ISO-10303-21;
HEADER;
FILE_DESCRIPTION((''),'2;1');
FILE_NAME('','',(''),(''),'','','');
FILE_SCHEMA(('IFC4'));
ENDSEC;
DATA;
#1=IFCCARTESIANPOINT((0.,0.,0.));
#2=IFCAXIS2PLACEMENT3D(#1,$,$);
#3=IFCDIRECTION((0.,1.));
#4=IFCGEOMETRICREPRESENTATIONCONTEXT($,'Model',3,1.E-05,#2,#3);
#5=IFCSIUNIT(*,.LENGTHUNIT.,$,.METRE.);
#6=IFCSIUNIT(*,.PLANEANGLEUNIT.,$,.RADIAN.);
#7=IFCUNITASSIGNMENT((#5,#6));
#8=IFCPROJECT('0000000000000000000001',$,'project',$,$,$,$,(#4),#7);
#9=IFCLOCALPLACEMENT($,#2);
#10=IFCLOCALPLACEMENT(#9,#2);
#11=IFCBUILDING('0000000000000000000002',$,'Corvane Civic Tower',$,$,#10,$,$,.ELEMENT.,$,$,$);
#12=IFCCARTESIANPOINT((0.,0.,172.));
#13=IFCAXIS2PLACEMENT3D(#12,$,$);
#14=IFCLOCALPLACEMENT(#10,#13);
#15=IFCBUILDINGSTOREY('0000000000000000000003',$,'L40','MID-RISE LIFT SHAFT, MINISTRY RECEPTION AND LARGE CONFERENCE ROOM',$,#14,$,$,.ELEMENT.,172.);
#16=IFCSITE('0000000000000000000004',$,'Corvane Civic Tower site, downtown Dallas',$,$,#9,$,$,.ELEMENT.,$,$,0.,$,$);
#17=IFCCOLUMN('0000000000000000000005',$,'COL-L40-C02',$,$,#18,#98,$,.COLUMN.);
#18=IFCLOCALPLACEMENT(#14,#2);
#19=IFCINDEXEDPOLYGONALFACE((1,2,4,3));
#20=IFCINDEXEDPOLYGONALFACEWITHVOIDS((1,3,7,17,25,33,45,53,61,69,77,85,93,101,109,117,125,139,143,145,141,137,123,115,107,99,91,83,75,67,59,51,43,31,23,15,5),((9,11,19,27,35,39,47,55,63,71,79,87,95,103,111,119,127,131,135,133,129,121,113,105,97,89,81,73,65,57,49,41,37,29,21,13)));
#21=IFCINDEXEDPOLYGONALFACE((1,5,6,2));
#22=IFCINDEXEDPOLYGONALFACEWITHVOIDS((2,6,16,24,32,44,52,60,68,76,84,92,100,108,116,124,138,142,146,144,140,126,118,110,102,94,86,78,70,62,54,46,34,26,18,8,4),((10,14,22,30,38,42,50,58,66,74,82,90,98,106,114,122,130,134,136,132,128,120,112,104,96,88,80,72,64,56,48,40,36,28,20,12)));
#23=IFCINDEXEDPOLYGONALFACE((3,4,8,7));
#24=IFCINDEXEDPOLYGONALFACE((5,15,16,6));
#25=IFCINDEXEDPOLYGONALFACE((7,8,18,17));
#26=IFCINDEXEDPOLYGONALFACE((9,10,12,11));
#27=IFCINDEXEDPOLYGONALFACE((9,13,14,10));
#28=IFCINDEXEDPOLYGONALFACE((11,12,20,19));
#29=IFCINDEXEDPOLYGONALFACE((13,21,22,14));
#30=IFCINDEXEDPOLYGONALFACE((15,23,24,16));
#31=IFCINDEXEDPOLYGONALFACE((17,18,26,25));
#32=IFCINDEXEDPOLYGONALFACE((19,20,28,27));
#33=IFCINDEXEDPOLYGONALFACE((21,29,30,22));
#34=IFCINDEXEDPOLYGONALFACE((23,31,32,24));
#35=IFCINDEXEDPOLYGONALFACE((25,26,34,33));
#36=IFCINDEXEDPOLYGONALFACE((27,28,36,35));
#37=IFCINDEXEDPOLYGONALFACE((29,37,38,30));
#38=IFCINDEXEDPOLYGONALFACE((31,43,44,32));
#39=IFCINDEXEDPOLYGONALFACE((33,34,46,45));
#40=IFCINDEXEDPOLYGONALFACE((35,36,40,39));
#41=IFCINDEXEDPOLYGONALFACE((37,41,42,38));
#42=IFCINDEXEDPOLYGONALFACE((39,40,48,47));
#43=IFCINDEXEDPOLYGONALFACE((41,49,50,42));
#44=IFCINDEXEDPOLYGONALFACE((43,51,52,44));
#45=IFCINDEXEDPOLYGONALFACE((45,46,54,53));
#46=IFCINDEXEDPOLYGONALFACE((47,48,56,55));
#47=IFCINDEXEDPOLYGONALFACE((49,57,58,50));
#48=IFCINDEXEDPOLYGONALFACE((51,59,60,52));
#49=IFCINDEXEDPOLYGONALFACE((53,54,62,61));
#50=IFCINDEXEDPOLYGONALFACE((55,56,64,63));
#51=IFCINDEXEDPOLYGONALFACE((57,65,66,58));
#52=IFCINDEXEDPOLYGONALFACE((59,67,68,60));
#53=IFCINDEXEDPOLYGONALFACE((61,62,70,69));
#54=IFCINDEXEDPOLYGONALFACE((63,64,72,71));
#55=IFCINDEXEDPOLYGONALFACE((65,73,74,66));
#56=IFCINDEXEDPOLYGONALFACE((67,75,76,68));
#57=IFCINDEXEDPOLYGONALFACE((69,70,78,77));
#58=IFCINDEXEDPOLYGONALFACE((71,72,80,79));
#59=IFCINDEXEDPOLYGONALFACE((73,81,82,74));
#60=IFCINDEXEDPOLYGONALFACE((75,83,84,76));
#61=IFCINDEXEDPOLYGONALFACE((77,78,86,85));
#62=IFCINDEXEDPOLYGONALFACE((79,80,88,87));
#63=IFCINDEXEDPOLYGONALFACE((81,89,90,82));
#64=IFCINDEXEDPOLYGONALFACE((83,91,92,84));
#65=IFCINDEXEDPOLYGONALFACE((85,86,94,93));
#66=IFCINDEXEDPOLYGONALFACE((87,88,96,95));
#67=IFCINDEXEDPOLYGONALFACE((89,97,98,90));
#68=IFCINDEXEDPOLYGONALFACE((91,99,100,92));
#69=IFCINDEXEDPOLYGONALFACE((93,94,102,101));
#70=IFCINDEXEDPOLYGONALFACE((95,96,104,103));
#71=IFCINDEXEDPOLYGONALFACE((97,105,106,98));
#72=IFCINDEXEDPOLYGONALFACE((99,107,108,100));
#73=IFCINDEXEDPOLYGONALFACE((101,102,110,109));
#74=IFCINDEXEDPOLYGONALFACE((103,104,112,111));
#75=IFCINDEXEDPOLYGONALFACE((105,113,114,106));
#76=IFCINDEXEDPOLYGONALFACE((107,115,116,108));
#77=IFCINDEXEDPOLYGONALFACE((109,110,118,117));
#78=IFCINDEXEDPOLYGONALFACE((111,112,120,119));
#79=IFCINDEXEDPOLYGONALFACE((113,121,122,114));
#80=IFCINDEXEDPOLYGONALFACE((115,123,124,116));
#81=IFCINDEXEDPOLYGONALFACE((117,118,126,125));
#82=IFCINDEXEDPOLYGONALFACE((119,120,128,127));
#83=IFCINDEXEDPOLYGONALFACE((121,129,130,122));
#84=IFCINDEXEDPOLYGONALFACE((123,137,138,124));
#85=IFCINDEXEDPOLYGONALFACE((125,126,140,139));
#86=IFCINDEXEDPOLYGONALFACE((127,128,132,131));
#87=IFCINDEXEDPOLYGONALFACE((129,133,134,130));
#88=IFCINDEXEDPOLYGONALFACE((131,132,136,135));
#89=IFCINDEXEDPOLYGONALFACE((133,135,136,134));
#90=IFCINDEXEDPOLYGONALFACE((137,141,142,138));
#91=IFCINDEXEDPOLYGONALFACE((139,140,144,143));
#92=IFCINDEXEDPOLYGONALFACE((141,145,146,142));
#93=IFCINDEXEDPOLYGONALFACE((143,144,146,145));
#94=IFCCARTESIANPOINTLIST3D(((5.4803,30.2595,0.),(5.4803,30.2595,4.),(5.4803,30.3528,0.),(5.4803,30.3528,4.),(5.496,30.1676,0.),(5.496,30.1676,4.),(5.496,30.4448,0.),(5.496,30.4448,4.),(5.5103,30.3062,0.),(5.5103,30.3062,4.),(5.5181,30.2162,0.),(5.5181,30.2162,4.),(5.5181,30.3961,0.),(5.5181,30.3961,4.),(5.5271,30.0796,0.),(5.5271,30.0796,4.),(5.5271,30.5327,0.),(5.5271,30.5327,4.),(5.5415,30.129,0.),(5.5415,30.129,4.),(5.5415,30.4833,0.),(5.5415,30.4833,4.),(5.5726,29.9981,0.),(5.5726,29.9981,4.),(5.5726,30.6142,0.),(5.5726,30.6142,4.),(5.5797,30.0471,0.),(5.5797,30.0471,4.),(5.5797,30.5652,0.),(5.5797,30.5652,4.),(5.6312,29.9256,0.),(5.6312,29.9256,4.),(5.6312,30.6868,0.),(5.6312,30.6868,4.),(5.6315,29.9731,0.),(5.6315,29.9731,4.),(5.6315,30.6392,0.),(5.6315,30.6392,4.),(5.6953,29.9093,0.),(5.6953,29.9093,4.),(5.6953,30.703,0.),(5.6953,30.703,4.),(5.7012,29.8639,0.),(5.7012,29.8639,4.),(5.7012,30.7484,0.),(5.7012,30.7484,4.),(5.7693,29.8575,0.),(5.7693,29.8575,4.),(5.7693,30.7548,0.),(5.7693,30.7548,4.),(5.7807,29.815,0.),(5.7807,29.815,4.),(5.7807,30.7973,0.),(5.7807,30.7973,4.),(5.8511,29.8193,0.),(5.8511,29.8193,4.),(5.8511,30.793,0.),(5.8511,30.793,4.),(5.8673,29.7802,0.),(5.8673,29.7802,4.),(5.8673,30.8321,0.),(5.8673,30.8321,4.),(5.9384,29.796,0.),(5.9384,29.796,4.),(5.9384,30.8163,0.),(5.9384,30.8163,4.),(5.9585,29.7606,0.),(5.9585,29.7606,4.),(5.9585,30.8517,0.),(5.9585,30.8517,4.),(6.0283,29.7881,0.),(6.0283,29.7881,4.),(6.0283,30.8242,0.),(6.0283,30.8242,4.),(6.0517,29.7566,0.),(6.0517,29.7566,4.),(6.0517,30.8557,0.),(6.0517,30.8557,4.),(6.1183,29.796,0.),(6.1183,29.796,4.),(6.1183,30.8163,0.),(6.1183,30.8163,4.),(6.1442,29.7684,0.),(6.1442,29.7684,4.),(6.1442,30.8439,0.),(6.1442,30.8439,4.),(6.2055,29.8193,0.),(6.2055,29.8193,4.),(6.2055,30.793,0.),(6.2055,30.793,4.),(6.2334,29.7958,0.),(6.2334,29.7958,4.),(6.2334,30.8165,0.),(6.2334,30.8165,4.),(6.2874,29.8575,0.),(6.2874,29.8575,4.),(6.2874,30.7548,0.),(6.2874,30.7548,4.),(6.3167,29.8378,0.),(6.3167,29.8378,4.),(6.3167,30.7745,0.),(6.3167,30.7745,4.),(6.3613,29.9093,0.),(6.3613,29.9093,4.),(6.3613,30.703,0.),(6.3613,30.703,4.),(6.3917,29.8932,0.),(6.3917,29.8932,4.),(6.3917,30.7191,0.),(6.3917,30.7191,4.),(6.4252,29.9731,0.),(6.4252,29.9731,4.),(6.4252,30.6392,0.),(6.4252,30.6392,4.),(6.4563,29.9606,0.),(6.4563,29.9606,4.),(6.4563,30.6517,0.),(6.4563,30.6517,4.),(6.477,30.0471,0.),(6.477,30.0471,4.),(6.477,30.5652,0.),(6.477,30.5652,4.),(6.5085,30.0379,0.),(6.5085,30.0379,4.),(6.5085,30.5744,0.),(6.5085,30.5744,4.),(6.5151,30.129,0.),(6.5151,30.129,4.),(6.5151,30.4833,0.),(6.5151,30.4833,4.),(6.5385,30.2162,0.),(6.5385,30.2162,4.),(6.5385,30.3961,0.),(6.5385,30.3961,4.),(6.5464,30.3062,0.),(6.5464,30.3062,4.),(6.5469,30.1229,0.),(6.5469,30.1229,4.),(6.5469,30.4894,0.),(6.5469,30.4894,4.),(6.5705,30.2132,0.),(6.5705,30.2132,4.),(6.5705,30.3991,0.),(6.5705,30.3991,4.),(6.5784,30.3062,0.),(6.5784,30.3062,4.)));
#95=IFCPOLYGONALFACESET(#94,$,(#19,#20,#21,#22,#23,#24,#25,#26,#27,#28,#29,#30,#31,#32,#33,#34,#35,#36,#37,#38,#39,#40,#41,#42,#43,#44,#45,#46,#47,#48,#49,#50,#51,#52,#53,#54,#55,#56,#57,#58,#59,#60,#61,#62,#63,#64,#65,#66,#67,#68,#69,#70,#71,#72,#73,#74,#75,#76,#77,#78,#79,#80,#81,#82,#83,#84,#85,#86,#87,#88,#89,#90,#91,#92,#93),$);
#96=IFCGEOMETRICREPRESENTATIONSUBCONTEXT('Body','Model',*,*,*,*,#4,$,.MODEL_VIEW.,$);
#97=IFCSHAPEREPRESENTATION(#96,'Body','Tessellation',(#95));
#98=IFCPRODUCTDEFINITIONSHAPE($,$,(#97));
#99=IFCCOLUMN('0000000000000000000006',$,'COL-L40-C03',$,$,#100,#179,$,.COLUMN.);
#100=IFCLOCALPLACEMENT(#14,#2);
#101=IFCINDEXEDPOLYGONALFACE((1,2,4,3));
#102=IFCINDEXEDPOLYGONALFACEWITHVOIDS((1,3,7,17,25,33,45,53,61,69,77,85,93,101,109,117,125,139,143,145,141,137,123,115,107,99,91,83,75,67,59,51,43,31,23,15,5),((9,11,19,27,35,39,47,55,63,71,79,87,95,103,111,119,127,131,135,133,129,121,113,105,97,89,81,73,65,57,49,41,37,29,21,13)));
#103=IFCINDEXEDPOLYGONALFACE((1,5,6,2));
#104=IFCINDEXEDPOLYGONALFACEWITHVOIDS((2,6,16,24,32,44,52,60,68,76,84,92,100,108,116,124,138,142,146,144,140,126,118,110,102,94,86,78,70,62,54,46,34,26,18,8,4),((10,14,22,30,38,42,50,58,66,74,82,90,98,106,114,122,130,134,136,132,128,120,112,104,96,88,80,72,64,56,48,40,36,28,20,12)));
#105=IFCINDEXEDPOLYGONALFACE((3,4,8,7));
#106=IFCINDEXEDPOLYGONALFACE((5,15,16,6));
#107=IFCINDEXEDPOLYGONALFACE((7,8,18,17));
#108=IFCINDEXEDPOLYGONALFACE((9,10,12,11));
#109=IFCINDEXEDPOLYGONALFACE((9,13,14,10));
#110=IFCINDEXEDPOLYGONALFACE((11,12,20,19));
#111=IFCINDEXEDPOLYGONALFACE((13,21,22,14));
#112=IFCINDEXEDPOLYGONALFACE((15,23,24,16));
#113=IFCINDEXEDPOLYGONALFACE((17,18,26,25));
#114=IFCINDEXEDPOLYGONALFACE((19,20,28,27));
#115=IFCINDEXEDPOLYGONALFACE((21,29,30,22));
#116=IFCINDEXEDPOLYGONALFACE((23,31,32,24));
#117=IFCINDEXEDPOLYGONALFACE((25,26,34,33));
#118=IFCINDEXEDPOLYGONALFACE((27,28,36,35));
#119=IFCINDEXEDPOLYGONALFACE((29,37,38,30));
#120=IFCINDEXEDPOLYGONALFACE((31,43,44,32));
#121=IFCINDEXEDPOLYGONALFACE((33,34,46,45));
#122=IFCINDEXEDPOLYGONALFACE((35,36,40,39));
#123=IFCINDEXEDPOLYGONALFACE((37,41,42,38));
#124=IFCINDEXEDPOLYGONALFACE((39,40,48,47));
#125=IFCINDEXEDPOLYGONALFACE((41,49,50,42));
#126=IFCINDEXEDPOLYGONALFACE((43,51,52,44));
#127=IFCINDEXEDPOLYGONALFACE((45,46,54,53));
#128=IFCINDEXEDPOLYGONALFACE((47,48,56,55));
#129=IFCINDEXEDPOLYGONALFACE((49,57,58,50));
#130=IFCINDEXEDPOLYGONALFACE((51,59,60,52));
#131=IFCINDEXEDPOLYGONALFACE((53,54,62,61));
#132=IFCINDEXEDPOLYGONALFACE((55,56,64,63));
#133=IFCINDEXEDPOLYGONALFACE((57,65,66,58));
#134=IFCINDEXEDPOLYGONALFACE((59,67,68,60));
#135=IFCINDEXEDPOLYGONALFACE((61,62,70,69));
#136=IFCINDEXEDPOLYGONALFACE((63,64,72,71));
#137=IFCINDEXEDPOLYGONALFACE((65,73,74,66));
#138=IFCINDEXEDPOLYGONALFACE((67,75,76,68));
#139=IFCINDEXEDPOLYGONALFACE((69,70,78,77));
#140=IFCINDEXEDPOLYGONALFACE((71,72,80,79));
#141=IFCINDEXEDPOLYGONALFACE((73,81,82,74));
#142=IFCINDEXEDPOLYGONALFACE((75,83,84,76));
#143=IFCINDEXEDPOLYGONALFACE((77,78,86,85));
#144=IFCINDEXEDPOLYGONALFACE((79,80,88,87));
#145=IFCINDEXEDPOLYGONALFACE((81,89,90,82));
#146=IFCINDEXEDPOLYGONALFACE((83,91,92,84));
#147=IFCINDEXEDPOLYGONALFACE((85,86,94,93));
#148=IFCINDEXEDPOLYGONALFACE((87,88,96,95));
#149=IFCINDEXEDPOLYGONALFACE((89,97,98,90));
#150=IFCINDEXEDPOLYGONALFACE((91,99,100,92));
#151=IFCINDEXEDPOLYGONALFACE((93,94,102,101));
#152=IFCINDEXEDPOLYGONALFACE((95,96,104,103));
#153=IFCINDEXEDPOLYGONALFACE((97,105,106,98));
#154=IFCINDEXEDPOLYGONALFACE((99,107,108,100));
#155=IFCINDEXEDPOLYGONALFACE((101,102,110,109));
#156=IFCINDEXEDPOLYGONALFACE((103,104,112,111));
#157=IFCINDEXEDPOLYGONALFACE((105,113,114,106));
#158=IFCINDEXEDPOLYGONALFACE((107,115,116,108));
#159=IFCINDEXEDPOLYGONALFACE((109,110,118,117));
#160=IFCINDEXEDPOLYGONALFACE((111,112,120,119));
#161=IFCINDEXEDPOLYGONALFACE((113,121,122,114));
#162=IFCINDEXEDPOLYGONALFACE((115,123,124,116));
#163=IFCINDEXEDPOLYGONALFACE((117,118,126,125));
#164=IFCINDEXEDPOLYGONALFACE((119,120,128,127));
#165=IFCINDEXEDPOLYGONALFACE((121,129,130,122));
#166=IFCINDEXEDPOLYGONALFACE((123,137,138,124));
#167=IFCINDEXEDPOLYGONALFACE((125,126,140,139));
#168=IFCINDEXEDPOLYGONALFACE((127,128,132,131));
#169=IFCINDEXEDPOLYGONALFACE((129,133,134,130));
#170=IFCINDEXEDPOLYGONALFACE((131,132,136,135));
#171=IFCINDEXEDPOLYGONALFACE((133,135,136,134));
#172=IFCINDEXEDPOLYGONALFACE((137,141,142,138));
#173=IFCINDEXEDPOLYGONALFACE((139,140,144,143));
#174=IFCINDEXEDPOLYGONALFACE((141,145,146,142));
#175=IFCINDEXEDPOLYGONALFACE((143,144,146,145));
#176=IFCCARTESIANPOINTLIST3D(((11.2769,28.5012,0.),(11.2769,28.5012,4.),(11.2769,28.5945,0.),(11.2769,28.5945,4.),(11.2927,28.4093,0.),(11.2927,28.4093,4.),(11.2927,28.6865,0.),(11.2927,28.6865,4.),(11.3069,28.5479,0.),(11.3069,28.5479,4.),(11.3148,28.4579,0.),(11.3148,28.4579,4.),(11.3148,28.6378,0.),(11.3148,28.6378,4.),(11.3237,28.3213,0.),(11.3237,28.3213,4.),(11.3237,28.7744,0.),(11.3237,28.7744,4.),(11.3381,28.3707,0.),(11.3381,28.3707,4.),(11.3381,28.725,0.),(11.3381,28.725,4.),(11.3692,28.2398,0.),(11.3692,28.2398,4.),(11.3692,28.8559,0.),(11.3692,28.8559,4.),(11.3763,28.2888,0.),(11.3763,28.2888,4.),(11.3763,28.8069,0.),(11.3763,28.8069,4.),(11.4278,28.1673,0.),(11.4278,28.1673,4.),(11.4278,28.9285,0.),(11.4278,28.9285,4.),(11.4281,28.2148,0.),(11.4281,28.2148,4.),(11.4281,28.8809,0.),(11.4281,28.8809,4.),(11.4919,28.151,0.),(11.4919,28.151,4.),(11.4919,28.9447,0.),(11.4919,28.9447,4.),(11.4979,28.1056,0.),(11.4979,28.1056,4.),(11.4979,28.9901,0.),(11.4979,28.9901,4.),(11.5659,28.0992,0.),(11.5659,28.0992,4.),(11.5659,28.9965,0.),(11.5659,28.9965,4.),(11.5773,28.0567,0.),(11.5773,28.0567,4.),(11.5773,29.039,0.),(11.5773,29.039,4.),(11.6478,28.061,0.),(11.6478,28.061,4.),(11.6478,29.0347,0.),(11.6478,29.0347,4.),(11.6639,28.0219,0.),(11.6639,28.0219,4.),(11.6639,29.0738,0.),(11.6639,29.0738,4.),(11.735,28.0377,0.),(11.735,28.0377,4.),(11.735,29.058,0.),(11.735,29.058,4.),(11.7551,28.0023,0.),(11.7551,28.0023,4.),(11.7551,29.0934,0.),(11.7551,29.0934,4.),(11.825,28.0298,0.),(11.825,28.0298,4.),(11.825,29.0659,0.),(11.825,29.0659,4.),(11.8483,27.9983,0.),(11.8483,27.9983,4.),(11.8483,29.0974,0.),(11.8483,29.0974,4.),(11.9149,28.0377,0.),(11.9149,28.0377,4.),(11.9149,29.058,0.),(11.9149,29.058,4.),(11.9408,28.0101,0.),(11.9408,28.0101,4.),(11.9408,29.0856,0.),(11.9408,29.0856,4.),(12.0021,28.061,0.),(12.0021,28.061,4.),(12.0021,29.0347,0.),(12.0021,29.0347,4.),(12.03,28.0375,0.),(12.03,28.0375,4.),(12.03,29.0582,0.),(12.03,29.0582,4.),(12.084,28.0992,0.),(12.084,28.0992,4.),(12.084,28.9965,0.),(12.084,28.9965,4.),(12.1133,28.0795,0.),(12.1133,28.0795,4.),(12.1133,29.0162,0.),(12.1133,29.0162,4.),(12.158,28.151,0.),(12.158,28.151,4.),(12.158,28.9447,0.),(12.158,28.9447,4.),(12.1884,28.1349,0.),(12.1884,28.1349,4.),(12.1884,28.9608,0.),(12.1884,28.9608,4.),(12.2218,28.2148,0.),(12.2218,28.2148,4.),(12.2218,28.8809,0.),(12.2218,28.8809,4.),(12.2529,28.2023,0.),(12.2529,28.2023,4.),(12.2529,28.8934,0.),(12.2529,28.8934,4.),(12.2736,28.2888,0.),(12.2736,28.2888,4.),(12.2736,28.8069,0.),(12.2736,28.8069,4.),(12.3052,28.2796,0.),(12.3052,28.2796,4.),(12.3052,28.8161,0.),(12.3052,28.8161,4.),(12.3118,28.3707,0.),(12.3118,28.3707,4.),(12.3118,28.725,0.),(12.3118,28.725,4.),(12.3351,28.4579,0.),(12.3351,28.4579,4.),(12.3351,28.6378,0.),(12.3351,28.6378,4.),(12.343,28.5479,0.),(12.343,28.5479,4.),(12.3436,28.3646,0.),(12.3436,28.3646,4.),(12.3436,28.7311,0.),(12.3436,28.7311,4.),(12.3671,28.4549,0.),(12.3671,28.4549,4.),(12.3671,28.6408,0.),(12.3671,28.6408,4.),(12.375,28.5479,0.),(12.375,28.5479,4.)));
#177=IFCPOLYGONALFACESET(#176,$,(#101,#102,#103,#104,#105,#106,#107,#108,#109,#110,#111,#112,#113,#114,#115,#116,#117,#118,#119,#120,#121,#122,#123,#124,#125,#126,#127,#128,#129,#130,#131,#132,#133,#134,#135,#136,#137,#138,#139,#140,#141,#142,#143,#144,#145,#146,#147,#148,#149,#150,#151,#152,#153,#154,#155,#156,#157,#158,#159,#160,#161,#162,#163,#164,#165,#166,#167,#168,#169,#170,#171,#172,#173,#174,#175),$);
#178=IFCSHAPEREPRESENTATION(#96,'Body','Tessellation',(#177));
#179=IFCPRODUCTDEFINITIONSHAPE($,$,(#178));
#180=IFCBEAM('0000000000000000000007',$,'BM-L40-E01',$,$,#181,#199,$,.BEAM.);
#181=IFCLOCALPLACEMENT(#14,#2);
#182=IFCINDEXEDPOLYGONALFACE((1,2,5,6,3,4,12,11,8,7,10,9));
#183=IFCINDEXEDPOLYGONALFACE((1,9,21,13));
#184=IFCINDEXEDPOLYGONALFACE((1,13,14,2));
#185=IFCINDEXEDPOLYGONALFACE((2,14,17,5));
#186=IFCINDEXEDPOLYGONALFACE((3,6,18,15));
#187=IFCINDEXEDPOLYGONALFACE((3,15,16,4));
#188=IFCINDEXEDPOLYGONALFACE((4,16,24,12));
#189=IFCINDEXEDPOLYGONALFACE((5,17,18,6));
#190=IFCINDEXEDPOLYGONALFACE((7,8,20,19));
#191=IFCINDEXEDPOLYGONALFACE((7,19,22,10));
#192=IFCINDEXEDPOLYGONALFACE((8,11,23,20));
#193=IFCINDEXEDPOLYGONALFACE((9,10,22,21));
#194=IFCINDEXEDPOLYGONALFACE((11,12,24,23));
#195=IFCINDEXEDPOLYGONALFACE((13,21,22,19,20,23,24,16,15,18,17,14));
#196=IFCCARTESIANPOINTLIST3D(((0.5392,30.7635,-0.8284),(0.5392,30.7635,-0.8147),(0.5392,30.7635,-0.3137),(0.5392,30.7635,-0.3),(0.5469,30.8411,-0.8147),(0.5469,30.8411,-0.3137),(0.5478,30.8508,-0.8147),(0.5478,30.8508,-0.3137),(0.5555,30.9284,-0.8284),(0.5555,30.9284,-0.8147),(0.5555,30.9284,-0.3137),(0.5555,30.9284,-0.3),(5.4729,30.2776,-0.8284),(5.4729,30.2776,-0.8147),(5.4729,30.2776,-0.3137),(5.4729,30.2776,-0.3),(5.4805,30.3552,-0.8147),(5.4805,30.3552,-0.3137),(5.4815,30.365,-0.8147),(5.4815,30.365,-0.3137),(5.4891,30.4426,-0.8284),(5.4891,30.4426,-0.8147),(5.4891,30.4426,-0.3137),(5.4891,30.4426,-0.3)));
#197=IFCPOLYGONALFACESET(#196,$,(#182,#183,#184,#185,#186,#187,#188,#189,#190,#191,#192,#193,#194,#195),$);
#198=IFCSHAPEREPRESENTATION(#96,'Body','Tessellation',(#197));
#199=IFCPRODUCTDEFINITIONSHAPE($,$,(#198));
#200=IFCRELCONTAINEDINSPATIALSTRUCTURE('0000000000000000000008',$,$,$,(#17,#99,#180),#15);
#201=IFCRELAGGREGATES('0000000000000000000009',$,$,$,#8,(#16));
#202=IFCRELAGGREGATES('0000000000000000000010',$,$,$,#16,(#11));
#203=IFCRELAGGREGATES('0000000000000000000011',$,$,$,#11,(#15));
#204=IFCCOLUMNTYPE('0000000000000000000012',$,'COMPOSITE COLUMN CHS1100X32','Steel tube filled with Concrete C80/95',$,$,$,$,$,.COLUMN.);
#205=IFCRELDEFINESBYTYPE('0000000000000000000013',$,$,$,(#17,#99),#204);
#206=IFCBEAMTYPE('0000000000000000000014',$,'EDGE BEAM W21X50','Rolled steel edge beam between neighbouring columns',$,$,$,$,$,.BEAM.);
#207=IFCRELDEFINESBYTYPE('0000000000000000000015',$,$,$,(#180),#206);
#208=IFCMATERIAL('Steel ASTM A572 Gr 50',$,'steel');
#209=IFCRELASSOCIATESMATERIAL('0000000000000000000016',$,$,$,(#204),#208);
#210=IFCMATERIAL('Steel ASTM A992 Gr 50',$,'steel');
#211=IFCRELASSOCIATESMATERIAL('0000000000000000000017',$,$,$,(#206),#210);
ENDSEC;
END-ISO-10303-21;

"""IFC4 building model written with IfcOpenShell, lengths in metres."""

from ifc_helpers import new_model, si_unit, direction, frame, origin, origin_2d, place, context, subcontext, project, spatial, hollow_circle, i_section, extrude, material, material_profile, profile_set, type_object, element, save


model = new_model("IFC4")

# Units and contexts
model_context = context("Model", 3, precision=1e-05, world=origin(), true_north=direction((0.0, 1.0)))
body_context = subcontext(model_context, "Body", "Model", "MODEL_VIEW")
ifc_project = project(units=[si_unit("LENGTHUNIT", "METRE"), si_unit("PLANEANGLEUNIT", "RADIAN")], contexts=[model_context])

# Site, building, storey
site_placement = place(None, origin())
site = spatial("IfcSite", under=ifc_project, at=site_placement, Name="Corvane Civic Tower site, downtown Dallas", CompositionType="ELEMENT", RefElevation=0.0)
building_placement = place(site_placement, origin())
building = spatial("IfcBuilding", under=site, at=building_placement, Name="Corvane Civic Tower", CompositionType="ELEMENT")
storey_placement = place(building_placement, frame((0.0, 0.0, 172.0)))
storey = spatial("IfcBuildingStorey", under=building, at=storey_placement, Name="L40", Description="MID-RISE LIFT SHAFT, MINISTRY RECEPTION AND LARGE CONFERENCE ROOM", CompositionType="ELEMENT", Elevation=172.0)

# Columns
ifc_material_1 = material(Name="Steel ASTM A572 Gr 50", Category="steel")
ifc_material_profile_1 = material_profile(ifc_material_1, hollow_circle(Radius=0.55, WallThickness=0.032, at=origin_2d()), Name="CHS1100X32")
ifc_profile_set_1 = profile_set([ifc_material_profile_1], Name="Steel ASTM A572 Gr 50")
column_type = type_object("IfcColumnType", Name="COMPOSITE COLUMN CHS1100X32", Description="Steel tube filled with Concrete C80/95", PredefinedType="COLUMN", material=ifc_profile_set_1)
for number, where, z_axis, x_axis, name in (
    (1, (6.0283, 30.3062, 0.0), (0.0, 0.0, 1.0), (1.0, 0.0, 0.0), "COL-L40-C02"),
    (2, (11.825, 28.5479, 0.0), (0.0, 0.0, 1.0), (1.0, 0.0, 0.0), "COL-L40-C03"),
):
    element("IfcColumn", number, at=place(storey_placement, frame(where, z_axis=z_axis, x_axis=x_axis)), inside=storey, type_object=column_type, Name=name, PredefinedType="COLUMN", context=body_context, shape_type="SweptSolid", body=[
        extrude(hollow_circle(Radius=0.55, WallThickness=0.032, at=origin_2d()), origin(), (0.0, 0.0, 1.0), 4.0),
    ])

# Beam
ifc_material_2 = material(Name="Steel ASTM A992 Gr 50", Category="steel")
ifc_material_profile_2 = material_profile(ifc_material_2, i_section(OverallWidth=0.1658, OverallDepth=0.5283, WebThickness=0.0098, FlangeThickness=0.0137, at=origin_2d()), Name="W21X50")
ifc_profile_set_2 = profile_set([ifc_material_profile_2], Name="Steel ASTM A992 Gr 50")
beam_type_1 = type_object("IfcBeamType", Name="EDGE BEAM W21X50", Description="Rolled steel edge beam between neighbouring columns", PredefinedType="BEAM", material=ifc_profile_set_2)
beam_1_placement = place(storey_placement, frame((0.5474, 30.8459, -0.5642), z_axis=(0.995186, -0.098002, 0.0), x_axis=(0.098002, 0.995186, 0.0)))
element("IfcBeam", 3, at=beam_1_placement, inside=storey, type_object=beam_type_1, Name="BM-L40-E01", PredefinedType="BEAM", context=body_context, shape_type="SweptSolid", body=[
    extrude(i_section(OverallWidth=0.1658, OverallDepth=0.5283, WebThickness=0.0098, FlangeThickness=0.0137, at=origin_2d()), origin(), (0.0, 0.0, 1.0), 4.9575),
])

save(model, "model.ifc")
